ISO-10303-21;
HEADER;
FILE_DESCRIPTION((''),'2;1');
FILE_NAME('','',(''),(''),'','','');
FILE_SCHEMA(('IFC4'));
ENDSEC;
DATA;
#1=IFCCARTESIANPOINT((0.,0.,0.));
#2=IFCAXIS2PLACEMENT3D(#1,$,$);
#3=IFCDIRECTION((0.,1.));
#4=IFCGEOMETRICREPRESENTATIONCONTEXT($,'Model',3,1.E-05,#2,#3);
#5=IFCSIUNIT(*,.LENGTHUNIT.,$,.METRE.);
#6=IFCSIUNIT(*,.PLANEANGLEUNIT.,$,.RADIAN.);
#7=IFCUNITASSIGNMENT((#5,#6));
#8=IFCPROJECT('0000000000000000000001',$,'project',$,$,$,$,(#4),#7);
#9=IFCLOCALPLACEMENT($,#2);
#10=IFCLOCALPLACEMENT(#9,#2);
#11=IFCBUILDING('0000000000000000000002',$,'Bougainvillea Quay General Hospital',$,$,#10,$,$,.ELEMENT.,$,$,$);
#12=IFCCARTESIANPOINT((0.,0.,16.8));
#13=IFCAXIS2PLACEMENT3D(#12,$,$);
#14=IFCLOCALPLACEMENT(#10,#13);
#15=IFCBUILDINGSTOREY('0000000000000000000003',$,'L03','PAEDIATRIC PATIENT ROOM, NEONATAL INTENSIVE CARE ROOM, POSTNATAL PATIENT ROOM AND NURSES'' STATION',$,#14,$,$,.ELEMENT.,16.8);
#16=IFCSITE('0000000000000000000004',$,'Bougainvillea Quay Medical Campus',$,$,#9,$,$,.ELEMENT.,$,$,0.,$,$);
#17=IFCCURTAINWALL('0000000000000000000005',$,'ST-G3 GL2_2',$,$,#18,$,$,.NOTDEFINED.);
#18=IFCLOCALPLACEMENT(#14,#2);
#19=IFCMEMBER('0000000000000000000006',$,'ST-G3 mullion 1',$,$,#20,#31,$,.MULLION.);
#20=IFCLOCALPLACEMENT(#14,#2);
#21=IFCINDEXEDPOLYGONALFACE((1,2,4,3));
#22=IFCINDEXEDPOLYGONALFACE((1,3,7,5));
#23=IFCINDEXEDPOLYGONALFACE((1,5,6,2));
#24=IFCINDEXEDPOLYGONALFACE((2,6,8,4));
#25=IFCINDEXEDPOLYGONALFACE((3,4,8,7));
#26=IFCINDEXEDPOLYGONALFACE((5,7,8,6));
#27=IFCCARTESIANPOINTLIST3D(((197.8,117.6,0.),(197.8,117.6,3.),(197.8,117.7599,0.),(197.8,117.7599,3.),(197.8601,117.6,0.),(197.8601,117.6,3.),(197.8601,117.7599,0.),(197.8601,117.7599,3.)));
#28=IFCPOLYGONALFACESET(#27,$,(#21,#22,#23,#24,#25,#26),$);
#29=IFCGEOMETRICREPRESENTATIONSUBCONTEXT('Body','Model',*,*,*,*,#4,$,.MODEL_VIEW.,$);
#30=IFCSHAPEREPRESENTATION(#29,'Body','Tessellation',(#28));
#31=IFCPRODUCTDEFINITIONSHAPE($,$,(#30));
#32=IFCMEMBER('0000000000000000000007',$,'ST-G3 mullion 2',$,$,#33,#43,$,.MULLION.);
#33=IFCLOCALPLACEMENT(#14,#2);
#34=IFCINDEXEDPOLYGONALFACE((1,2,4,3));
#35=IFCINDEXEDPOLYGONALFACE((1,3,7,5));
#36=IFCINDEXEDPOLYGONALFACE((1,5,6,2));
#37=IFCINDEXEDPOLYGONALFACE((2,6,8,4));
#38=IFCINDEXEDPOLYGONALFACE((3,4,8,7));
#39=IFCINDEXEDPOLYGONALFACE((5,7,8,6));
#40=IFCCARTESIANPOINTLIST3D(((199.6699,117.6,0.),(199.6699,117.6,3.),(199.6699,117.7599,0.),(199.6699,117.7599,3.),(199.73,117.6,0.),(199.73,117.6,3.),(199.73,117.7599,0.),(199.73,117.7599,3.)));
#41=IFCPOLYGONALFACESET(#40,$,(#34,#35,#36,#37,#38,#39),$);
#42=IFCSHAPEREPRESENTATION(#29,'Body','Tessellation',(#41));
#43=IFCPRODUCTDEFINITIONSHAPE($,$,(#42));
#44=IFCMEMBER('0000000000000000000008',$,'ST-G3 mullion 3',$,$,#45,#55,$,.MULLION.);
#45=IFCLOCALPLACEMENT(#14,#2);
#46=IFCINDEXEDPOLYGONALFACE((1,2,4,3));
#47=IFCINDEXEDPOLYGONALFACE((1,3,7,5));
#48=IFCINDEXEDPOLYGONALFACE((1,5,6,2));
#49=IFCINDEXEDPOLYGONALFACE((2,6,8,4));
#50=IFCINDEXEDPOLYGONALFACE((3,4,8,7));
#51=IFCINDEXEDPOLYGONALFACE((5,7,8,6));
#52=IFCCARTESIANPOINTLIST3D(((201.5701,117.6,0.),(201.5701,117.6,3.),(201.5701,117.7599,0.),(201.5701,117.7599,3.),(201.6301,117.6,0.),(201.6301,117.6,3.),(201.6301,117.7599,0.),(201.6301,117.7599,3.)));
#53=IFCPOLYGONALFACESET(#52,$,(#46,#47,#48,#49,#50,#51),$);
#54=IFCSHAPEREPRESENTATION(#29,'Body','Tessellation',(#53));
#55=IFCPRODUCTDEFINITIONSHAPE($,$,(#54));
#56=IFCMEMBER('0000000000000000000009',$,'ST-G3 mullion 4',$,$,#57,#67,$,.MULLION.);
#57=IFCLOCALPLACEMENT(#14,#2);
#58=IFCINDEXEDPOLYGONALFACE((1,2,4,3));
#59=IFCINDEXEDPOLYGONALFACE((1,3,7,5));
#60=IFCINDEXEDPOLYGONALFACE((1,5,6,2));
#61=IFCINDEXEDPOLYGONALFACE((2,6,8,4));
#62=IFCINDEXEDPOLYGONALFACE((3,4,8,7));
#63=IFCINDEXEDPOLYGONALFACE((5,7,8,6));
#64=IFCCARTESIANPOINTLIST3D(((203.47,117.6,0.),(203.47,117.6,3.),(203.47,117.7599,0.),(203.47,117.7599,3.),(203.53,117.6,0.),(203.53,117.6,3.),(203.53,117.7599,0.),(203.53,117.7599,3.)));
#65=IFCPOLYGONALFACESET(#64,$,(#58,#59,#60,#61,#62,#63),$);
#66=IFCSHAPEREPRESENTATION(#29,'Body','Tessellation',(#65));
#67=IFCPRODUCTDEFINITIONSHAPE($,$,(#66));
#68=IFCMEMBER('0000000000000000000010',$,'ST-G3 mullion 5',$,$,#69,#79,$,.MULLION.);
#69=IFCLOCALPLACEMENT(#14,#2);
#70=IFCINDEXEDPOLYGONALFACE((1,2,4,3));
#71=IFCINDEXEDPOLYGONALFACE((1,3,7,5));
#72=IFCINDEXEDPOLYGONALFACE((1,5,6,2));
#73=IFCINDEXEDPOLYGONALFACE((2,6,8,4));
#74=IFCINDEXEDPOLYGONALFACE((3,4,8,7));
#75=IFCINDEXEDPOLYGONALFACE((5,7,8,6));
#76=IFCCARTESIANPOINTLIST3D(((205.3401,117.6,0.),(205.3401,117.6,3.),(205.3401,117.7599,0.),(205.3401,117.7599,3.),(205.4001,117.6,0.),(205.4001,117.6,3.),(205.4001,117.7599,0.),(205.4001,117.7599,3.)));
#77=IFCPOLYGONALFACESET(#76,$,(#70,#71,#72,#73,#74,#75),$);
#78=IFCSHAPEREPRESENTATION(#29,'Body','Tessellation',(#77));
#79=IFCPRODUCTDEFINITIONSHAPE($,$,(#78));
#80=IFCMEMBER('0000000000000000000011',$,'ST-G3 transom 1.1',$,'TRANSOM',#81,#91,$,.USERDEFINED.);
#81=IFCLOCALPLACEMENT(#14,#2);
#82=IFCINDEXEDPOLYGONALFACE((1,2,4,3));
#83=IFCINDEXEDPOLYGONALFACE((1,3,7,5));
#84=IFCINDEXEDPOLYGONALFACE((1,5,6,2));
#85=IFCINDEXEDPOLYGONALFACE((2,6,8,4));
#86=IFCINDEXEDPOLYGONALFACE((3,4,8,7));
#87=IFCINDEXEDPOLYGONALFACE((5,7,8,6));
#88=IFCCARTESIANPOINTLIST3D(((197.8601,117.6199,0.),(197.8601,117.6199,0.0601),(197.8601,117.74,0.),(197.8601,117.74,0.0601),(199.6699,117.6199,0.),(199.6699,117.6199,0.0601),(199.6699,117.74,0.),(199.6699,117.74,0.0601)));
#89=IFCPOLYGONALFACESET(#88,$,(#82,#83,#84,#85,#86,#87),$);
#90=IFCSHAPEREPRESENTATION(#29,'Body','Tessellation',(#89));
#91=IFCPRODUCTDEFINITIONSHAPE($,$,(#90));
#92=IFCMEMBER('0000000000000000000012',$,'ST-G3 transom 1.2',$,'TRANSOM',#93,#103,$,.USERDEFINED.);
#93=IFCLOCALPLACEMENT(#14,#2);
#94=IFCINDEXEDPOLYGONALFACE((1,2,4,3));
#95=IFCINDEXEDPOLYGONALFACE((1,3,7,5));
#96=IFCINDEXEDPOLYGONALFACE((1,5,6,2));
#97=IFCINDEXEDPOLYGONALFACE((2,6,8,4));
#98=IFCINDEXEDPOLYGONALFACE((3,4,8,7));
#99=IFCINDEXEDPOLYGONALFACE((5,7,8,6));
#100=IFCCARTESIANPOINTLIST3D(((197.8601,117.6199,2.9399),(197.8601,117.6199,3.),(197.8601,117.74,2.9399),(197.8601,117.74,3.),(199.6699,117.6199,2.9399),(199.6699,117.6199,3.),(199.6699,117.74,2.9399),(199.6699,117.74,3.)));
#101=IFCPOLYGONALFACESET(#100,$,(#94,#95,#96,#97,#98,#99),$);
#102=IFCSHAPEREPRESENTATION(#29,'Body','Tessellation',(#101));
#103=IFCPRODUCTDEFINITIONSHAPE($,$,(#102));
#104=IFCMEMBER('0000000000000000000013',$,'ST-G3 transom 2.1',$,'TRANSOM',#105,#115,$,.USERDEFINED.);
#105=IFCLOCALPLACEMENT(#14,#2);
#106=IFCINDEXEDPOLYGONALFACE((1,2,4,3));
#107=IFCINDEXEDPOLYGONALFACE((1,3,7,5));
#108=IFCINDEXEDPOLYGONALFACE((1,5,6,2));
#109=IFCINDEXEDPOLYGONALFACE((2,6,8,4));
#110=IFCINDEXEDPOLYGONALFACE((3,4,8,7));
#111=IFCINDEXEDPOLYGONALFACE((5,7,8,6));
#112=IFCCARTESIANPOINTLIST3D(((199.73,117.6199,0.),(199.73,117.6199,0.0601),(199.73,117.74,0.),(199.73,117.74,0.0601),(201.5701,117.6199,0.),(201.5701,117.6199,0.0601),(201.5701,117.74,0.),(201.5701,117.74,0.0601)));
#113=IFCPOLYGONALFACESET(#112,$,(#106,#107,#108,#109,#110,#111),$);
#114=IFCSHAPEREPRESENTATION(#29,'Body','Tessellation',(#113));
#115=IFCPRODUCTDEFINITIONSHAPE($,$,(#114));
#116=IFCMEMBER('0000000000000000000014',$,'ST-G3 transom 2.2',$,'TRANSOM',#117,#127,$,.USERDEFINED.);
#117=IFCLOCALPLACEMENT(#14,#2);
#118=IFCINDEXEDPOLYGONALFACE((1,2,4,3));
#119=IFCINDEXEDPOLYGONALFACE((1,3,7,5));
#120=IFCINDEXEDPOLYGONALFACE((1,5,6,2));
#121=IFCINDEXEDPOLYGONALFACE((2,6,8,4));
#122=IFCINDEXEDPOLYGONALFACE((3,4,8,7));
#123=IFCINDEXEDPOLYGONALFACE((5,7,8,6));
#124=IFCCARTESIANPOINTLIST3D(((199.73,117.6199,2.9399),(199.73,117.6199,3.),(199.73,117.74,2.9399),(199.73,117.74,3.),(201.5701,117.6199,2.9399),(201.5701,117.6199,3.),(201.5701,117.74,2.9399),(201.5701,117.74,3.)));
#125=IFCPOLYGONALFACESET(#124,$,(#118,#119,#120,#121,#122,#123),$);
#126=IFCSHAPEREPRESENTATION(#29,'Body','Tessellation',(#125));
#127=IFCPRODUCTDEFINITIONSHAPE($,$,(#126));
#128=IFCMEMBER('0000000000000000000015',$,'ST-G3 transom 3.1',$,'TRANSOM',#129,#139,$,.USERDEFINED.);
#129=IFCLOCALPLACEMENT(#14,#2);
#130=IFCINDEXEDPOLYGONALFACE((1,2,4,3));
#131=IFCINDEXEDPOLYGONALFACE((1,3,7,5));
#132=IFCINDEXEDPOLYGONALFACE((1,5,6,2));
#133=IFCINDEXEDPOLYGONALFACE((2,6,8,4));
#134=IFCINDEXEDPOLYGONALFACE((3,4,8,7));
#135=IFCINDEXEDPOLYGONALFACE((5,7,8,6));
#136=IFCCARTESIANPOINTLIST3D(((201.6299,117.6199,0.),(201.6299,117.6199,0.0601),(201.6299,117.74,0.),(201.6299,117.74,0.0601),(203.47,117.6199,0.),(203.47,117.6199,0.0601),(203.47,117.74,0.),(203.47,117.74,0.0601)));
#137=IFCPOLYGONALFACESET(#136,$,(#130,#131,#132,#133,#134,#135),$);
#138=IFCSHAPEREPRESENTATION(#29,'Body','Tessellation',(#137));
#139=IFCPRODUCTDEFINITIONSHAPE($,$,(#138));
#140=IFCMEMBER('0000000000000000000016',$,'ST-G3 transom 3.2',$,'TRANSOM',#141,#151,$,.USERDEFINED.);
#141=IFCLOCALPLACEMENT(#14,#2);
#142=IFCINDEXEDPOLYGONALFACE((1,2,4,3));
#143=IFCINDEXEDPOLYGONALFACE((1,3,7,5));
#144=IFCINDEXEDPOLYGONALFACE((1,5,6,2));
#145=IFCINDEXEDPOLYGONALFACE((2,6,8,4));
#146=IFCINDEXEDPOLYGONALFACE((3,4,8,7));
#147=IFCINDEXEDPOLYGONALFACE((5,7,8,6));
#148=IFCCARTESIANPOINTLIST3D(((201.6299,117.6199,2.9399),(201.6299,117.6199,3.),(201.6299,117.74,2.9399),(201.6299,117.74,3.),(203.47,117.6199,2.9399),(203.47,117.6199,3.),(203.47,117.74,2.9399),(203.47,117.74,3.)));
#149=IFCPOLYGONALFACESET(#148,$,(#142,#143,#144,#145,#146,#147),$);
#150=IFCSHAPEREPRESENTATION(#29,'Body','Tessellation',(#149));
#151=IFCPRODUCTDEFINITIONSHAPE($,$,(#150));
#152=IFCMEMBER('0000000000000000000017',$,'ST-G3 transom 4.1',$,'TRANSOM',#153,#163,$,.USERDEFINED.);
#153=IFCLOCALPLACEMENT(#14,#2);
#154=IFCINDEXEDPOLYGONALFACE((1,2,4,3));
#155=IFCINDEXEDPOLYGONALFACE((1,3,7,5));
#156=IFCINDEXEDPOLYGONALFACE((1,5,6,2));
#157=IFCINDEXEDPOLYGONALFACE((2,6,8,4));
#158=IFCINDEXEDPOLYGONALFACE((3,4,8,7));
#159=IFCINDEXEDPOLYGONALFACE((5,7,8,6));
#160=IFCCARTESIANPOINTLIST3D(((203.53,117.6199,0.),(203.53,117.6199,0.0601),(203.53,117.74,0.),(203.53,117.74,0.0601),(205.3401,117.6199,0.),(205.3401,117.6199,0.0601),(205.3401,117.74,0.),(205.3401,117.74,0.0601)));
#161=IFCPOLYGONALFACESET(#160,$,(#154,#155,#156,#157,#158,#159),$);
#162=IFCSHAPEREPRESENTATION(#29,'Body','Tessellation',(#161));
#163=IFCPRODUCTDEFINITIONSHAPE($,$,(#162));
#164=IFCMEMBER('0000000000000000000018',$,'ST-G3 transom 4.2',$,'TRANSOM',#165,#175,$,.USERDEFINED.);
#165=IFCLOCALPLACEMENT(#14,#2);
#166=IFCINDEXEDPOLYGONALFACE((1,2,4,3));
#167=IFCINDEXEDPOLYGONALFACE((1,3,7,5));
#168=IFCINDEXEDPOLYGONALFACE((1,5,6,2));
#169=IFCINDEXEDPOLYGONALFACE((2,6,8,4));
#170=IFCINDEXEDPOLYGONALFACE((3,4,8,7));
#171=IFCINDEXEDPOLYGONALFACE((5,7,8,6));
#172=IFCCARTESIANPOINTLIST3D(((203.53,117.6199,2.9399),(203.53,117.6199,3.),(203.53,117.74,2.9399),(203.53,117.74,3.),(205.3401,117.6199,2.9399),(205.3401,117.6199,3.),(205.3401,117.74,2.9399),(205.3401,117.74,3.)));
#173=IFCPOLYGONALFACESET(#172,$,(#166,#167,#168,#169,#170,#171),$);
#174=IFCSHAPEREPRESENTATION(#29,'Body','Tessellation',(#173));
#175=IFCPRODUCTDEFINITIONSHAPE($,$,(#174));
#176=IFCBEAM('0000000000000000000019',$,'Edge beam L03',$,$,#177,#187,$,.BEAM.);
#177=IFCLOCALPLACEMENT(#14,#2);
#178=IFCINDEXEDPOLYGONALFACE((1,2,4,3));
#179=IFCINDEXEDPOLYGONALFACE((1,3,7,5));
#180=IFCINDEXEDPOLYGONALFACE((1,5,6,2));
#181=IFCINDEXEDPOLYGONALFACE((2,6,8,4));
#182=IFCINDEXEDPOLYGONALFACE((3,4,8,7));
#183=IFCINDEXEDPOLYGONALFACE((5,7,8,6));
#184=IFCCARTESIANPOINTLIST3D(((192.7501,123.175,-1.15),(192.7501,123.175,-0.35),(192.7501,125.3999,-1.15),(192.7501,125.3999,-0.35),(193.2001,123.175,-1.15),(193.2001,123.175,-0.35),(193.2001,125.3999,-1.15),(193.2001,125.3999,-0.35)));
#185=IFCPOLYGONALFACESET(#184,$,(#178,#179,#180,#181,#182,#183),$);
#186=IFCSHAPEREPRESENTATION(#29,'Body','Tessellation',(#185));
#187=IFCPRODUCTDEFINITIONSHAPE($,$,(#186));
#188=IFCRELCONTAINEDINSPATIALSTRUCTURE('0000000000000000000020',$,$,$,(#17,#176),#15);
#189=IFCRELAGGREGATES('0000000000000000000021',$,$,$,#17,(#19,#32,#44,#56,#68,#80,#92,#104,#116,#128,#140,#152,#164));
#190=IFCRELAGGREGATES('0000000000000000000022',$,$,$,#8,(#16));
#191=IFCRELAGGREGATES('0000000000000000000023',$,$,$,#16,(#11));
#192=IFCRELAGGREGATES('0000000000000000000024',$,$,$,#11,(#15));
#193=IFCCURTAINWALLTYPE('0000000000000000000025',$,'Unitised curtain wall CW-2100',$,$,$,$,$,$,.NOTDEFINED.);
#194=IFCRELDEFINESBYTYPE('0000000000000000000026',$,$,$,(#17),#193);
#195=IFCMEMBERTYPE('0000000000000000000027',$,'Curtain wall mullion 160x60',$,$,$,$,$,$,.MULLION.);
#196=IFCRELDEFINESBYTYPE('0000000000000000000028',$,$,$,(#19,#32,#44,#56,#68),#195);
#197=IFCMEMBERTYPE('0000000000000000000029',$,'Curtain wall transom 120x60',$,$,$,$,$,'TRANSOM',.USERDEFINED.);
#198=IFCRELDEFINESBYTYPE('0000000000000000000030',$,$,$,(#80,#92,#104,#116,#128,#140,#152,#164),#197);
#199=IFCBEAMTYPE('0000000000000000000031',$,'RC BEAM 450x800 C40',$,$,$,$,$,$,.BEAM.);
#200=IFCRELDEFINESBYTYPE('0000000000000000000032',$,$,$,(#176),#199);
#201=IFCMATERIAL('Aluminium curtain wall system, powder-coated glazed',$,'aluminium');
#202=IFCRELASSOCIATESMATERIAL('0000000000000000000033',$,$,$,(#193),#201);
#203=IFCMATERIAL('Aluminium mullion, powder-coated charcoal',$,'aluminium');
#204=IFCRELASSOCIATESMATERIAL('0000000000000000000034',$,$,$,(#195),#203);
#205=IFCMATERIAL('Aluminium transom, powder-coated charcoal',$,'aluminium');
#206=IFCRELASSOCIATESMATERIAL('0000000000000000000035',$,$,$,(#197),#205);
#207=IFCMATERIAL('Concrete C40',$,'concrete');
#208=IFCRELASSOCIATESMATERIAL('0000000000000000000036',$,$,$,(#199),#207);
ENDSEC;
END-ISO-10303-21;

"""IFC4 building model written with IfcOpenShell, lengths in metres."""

from ifc_helpers import new_model, si_unit, direction, frame, origin, origin_2d, place, context, subcontext, project, spatial, rectangle, extrude, material, material_profile, profile_set, type_object, element, aggregate, save


model = new_model("IFC4")

# Units and contexts
model_context = context("Model", 3, precision=1e-05, world=origin(), true_north=direction((0.0, 1.0)))
body_context = subcontext(model_context, "Body", "Model", "MODEL_VIEW")
ifc_project = project(units=[si_unit("LENGTHUNIT", "METRE"), si_unit("PLANEANGLEUNIT", "RADIAN")], contexts=[model_context])

# Site, building, storey
site_placement = place(None, origin())
site = spatial("IfcSite", under=ifc_project, at=site_placement, Name="Bougainvillea Quay Medical Campus", CompositionType="ELEMENT", RefElevation=0.0)
building_placement = place(site_placement, origin())
building = spatial("IfcBuilding", under=site, at=building_placement, Name="Bougainvillea Quay General Hospital", CompositionType="ELEMENT")
storey_placement = place(building_placement, frame((0.0, 0.0, 16.8)))
storey = spatial("IfcBuildingStorey", under=building, at=storey_placement, Name="L03", Description="PAEDIATRIC PATIENT ROOM, NEONATAL INTENSIVE CARE ROOM, POSTNATAL PATIENT ROOM AND NURSES' STATION", CompositionType="ELEMENT", Elevation=16.8)

# Curtain wall, members
ifc_material_1 = material(Name="Aluminium curtain wall system, powder-coated glazed", Category="aluminium")
curtain_wall_type = type_object("IfcCurtainWallType", Name="Unitised curtain wall CW-2100", PredefinedType="NOTDEFINED", material=ifc_material_1)
curtain_wall_placement = place(storey_placement, origin())
curtain_wall = element("IfcCurtainWall", 1, at=curtain_wall_placement, inside=storey, type_object=curtain_wall_type, Name="ST-G3 GL2_2", PredefinedType="NOTDEFINED")
ifc_material_2 = material(Name="Aluminium mullion, powder-coated charcoal", Category="aluminium")
ifc_material_profile_1 = material_profile(ifc_material_2, rectangle(XDim=0.1599, YDim=0.0601, at=origin_2d()))
ifc_profile_set_1 = profile_set([ifc_material_profile_1], Name="Aluminium mullion, powder-coated charcoal")
member_type_1 = type_object("IfcMemberType", Name="Curtain wall mullion 160x60", PredefinedType="MULLION", material=ifc_profile_set_1)
member_1_placement = place(storey_placement, frame((197.8301, 117.6799, 0.0), z_axis=(0.0, 0.0, 1.0), x_axis=(0.0, 1.0, 0.0)))
member_1 = element("IfcMember", 2, at=member_1_placement, type_object=member_type_1, Name="ST-G3 mullion 1", PredefinedType="MULLION", context=body_context, shape_type="SweptSolid", body=[
    extrude(rectangle(XDim=0.1599, YDim=0.0601, at=origin_2d()), origin(), (0.0, 0.0, 1.0), 3.0),
])
member_2_placement = place(storey_placement, frame((199.7, 117.6799, 0.0), z_axis=(0.0, 0.0, 1.0), x_axis=(0.0, 1.0, 0.0)))
member_2 = element("IfcMember", 3, at=member_2_placement, type_object=member_type_1, Name="ST-G3 mullion 2", PredefinedType="MULLION", context=body_context, shape_type="SweptSolid", body=[
    extrude(rectangle(XDim=0.1599, YDim=0.0601, at=origin_2d()), origin(), (0.0, 0.0, 1.0), 3.0),
])
member_3_placement = place(storey_placement, frame((201.6001, 117.6799, 0.0), z_axis=(0.0, 0.0, 1.0), x_axis=(0.0, 1.0, 0.0)))
member_3 = element("IfcMember", 4, at=member_3_placement, type_object=member_type_1, Name="ST-G3 mullion 3", PredefinedType="MULLION", context=body_context, shape_type="SweptSolid", body=[
    extrude(rectangle(XDim=0.1599, YDim=0.0601, at=origin_2d()), origin(), (0.0, 0.0, 1.0), 3.0),
])
member_4_placement = place(storey_placement, frame((203.5, 117.6799, 0.0), z_axis=(0.0, 0.0, 1.0), x_axis=(0.0, 1.0, 0.0)))
member_4 = element("IfcMember", 5, at=member_4_placement, type_object=member_type_1, Name="ST-G3 mullion 4", PredefinedType="MULLION", context=body_context, shape_type="SweptSolid", body=[
    extrude(rectangle(XDim=0.1599, YDim=0.0601, at=origin_2d()), origin(), (0.0, 0.0, 1.0), 3.0),
])
member_5_placement = place(storey_placement, frame((205.3701, 117.6799, 0.0), z_axis=(0.0, 0.0, 1.0), x_axis=(0.0, 1.0, 0.0)))
member_5 = element("IfcMember", 6, at=member_5_placement, type_object=member_type_1, Name="ST-G3 mullion 5", PredefinedType="MULLION", context=body_context, shape_type="SweptSolid", body=[
    extrude(rectangle(XDim=0.1599, YDim=0.0601, at=origin_2d()), origin(), (0.0, 0.0, 1.0), 3.0),
])
ifc_material_3 = material(Name="Aluminium transom, powder-coated charcoal", Category="aluminium")
ifc_material_profile_2 = material_profile(ifc_material_3, rectangle(XDim=0.1201, YDim=0.0601, at=origin_2d()))
ifc_profile_set_2 = profile_set([ifc_material_profile_2], Name="Aluminium transom, powder-coated charcoal")
member_type_2 = type_object("IfcMemberType", Name="Curtain wall transom 120x60", ElementType="TRANSOM", PredefinedType="USERDEFINED", material=ifc_profile_set_2)
member_6_placement = place(storey_placement, frame((197.8601, 117.6799, 0.03), z_axis=(1.0, 0.0, 0.0), x_axis=(0.0, 1.0, 0.0)))
member_6 = element("IfcMember", 7, at=member_6_placement, type_object=member_type_2, Name="ST-G3 transom 1.1", ObjectType="TRANSOM", PredefinedType="USERDEFINED", context=body_context, shape_type="SweptSolid", body=[
    extrude(rectangle(XDim=0.1201, YDim=0.0601, at=origin_2d()), origin(), (0.0, 0.0, 1.0), 1.8098),
])
member_7_placement = place(storey_placement, frame((197.8601, 117.6799, 2.97), z_axis=(1.0, 0.0, 0.0), x_axis=(0.0, 1.0, 0.0)))
member_7 = element("IfcMember", 8, at=member_7_placement, type_object=member_type_2, Name="ST-G3 transom 1.2", ObjectType="TRANSOM", PredefinedType="USERDEFINED", context=body_context, shape_type="SweptSolid", body=[
    extrude(rectangle(XDim=0.1201, YDim=0.0601, at=origin_2d()), origin(), (0.0, 0.0, 1.0), 1.8098),
])
member_8_placement = place(storey_placement, frame((199.73, 117.6799, 0.03), z_axis=(1.0, 0.0, 0.0), x_axis=(0.0, 1.0, 0.0)))
member_8 = element("IfcMember", 9, at=member_8_placement, type_object=member_type_2, Name="ST-G3 transom 2.1", ObjectType="TRANSOM", PredefinedType="USERDEFINED", context=body_context, shape_type="SweptSolid", body=[
    extrude(rectangle(XDim=0.1201, YDim=0.0601, at=origin_2d()), origin(), (0.0, 0.0, 1.0), 1.8401),
])
member_9_placement = place(storey_placement, frame((199.73, 117.6799, 2.97), z_axis=(1.0, 0.0, 0.0), x_axis=(0.0, 1.0, 0.0)))
member_9 = element("IfcMember", 10, at=member_9_placement, type_object=member_type_2, Name="ST-G3 transom 2.2", ObjectType="TRANSOM", PredefinedType="USERDEFINED", context=body_context, shape_type="SweptSolid", body=[
    extrude(rectangle(XDim=0.1201, YDim=0.0601, at=origin_2d()), origin(), (0.0, 0.0, 1.0), 1.8401),
])
member_10_placement = place(storey_placement, frame((201.6299, 117.6799, 0.03), z_axis=(1.0, 0.0, 0.0), x_axis=(0.0, 1.0, 0.0)))
member_10 = element("IfcMember", 11, at=member_10_placement, type_object=member_type_2, Name="ST-G3 transom 3.1", ObjectType="TRANSOM", PredefinedType="USERDEFINED", context=body_context, shape_type="SweptSolid", body=[
    extrude(rectangle(XDim=0.1201, YDim=0.0601, at=origin_2d()), origin(), (0.0, 0.0, 1.0), 1.8401),
])
member_11_placement = place(storey_placement, frame((201.6299, 117.6799, 2.97), z_axis=(1.0, 0.0, 0.0), x_axis=(0.0, 1.0, 0.0)))
member_11 = element("IfcMember", 12, at=member_11_placement, type_object=member_type_2, Name="ST-G3 transom 3.2", ObjectType="TRANSOM", PredefinedType="USERDEFINED", context=body_context, shape_type="SweptSolid", body=[
    extrude(rectangle(XDim=0.1201, YDim=0.0601, at=origin_2d()), origin(), (0.0, 0.0, 1.0), 1.8401),
])
member_12_placement = place(storey_placement, frame((203.53, 117.6799, 0.03), z_axis=(1.0, 0.0, 0.0), x_axis=(0.0, 1.0, 0.0)))
member_12 = element("IfcMember", 13, at=member_12_placement, type_object=member_type_2, Name="ST-G3 transom 4.1", ObjectType="TRANSOM", PredefinedType="USERDEFINED", context=body_context, shape_type="SweptSolid", body=[
    extrude(rectangle(XDim=0.1201, YDim=0.0601, at=origin_2d()), origin(), (0.0, 0.0, 1.0), 1.8101),
])
member_13_placement = place(storey_placement, frame((203.53, 117.6799, 2.97), z_axis=(1.0, 0.0, 0.0), x_axis=(0.0, 1.0, 0.0)))
member_13 = element("IfcMember", 14, at=member_13_placement, type_object=member_type_2, Name="ST-G3 transom 4.2", ObjectType="TRANSOM", PredefinedType="USERDEFINED", context=body_context, shape_type="SweptSolid", body=[
    extrude(rectangle(XDim=0.1201, YDim=0.0601, at=origin_2d()), origin(), (0.0, 0.0, 1.0), 1.8101),
])

# Beam
ifc_material_4 = material(Name="Concrete C40", Category="concrete")
ifc_material_profile_3 = material_profile(ifc_material_4, rectangle(XDim=0.45, YDim=0.8, at=origin_2d()))
ifc_profile_set_3 = profile_set([ifc_material_profile_3], Name="Concrete C40")
beam_type = type_object("IfcBeamType", Name="RC BEAM 450x800 C40", PredefinedType="BEAM", material=ifc_profile_set_3)
beam_1_placement = place(storey_placement, frame((192.9751, 123.175, -0.75), z_axis=(0.0, 1.0, 0.0), x_axis=(-1.0, 0.0, 0.0)))
element("IfcBeam", 15, at=beam_1_placement, inside=storey, type_object=beam_type, Name="Edge beam L03", PredefinedType="BEAM", context=body_context, shape_type="SweptSolid", body=[
    extrude(rectangle(XDim=0.45, YDim=0.8, at=origin_2d()), origin(), (0.0, 0.0, 1.0), 2.2249),
])

aggregate(curtain_wall, [member_1, member_2, member_3, member_4, member_5, member_6, member_7, member_8, member_9, member_10, member_11, member_12, member_13])

save(model, "model.ifc")
